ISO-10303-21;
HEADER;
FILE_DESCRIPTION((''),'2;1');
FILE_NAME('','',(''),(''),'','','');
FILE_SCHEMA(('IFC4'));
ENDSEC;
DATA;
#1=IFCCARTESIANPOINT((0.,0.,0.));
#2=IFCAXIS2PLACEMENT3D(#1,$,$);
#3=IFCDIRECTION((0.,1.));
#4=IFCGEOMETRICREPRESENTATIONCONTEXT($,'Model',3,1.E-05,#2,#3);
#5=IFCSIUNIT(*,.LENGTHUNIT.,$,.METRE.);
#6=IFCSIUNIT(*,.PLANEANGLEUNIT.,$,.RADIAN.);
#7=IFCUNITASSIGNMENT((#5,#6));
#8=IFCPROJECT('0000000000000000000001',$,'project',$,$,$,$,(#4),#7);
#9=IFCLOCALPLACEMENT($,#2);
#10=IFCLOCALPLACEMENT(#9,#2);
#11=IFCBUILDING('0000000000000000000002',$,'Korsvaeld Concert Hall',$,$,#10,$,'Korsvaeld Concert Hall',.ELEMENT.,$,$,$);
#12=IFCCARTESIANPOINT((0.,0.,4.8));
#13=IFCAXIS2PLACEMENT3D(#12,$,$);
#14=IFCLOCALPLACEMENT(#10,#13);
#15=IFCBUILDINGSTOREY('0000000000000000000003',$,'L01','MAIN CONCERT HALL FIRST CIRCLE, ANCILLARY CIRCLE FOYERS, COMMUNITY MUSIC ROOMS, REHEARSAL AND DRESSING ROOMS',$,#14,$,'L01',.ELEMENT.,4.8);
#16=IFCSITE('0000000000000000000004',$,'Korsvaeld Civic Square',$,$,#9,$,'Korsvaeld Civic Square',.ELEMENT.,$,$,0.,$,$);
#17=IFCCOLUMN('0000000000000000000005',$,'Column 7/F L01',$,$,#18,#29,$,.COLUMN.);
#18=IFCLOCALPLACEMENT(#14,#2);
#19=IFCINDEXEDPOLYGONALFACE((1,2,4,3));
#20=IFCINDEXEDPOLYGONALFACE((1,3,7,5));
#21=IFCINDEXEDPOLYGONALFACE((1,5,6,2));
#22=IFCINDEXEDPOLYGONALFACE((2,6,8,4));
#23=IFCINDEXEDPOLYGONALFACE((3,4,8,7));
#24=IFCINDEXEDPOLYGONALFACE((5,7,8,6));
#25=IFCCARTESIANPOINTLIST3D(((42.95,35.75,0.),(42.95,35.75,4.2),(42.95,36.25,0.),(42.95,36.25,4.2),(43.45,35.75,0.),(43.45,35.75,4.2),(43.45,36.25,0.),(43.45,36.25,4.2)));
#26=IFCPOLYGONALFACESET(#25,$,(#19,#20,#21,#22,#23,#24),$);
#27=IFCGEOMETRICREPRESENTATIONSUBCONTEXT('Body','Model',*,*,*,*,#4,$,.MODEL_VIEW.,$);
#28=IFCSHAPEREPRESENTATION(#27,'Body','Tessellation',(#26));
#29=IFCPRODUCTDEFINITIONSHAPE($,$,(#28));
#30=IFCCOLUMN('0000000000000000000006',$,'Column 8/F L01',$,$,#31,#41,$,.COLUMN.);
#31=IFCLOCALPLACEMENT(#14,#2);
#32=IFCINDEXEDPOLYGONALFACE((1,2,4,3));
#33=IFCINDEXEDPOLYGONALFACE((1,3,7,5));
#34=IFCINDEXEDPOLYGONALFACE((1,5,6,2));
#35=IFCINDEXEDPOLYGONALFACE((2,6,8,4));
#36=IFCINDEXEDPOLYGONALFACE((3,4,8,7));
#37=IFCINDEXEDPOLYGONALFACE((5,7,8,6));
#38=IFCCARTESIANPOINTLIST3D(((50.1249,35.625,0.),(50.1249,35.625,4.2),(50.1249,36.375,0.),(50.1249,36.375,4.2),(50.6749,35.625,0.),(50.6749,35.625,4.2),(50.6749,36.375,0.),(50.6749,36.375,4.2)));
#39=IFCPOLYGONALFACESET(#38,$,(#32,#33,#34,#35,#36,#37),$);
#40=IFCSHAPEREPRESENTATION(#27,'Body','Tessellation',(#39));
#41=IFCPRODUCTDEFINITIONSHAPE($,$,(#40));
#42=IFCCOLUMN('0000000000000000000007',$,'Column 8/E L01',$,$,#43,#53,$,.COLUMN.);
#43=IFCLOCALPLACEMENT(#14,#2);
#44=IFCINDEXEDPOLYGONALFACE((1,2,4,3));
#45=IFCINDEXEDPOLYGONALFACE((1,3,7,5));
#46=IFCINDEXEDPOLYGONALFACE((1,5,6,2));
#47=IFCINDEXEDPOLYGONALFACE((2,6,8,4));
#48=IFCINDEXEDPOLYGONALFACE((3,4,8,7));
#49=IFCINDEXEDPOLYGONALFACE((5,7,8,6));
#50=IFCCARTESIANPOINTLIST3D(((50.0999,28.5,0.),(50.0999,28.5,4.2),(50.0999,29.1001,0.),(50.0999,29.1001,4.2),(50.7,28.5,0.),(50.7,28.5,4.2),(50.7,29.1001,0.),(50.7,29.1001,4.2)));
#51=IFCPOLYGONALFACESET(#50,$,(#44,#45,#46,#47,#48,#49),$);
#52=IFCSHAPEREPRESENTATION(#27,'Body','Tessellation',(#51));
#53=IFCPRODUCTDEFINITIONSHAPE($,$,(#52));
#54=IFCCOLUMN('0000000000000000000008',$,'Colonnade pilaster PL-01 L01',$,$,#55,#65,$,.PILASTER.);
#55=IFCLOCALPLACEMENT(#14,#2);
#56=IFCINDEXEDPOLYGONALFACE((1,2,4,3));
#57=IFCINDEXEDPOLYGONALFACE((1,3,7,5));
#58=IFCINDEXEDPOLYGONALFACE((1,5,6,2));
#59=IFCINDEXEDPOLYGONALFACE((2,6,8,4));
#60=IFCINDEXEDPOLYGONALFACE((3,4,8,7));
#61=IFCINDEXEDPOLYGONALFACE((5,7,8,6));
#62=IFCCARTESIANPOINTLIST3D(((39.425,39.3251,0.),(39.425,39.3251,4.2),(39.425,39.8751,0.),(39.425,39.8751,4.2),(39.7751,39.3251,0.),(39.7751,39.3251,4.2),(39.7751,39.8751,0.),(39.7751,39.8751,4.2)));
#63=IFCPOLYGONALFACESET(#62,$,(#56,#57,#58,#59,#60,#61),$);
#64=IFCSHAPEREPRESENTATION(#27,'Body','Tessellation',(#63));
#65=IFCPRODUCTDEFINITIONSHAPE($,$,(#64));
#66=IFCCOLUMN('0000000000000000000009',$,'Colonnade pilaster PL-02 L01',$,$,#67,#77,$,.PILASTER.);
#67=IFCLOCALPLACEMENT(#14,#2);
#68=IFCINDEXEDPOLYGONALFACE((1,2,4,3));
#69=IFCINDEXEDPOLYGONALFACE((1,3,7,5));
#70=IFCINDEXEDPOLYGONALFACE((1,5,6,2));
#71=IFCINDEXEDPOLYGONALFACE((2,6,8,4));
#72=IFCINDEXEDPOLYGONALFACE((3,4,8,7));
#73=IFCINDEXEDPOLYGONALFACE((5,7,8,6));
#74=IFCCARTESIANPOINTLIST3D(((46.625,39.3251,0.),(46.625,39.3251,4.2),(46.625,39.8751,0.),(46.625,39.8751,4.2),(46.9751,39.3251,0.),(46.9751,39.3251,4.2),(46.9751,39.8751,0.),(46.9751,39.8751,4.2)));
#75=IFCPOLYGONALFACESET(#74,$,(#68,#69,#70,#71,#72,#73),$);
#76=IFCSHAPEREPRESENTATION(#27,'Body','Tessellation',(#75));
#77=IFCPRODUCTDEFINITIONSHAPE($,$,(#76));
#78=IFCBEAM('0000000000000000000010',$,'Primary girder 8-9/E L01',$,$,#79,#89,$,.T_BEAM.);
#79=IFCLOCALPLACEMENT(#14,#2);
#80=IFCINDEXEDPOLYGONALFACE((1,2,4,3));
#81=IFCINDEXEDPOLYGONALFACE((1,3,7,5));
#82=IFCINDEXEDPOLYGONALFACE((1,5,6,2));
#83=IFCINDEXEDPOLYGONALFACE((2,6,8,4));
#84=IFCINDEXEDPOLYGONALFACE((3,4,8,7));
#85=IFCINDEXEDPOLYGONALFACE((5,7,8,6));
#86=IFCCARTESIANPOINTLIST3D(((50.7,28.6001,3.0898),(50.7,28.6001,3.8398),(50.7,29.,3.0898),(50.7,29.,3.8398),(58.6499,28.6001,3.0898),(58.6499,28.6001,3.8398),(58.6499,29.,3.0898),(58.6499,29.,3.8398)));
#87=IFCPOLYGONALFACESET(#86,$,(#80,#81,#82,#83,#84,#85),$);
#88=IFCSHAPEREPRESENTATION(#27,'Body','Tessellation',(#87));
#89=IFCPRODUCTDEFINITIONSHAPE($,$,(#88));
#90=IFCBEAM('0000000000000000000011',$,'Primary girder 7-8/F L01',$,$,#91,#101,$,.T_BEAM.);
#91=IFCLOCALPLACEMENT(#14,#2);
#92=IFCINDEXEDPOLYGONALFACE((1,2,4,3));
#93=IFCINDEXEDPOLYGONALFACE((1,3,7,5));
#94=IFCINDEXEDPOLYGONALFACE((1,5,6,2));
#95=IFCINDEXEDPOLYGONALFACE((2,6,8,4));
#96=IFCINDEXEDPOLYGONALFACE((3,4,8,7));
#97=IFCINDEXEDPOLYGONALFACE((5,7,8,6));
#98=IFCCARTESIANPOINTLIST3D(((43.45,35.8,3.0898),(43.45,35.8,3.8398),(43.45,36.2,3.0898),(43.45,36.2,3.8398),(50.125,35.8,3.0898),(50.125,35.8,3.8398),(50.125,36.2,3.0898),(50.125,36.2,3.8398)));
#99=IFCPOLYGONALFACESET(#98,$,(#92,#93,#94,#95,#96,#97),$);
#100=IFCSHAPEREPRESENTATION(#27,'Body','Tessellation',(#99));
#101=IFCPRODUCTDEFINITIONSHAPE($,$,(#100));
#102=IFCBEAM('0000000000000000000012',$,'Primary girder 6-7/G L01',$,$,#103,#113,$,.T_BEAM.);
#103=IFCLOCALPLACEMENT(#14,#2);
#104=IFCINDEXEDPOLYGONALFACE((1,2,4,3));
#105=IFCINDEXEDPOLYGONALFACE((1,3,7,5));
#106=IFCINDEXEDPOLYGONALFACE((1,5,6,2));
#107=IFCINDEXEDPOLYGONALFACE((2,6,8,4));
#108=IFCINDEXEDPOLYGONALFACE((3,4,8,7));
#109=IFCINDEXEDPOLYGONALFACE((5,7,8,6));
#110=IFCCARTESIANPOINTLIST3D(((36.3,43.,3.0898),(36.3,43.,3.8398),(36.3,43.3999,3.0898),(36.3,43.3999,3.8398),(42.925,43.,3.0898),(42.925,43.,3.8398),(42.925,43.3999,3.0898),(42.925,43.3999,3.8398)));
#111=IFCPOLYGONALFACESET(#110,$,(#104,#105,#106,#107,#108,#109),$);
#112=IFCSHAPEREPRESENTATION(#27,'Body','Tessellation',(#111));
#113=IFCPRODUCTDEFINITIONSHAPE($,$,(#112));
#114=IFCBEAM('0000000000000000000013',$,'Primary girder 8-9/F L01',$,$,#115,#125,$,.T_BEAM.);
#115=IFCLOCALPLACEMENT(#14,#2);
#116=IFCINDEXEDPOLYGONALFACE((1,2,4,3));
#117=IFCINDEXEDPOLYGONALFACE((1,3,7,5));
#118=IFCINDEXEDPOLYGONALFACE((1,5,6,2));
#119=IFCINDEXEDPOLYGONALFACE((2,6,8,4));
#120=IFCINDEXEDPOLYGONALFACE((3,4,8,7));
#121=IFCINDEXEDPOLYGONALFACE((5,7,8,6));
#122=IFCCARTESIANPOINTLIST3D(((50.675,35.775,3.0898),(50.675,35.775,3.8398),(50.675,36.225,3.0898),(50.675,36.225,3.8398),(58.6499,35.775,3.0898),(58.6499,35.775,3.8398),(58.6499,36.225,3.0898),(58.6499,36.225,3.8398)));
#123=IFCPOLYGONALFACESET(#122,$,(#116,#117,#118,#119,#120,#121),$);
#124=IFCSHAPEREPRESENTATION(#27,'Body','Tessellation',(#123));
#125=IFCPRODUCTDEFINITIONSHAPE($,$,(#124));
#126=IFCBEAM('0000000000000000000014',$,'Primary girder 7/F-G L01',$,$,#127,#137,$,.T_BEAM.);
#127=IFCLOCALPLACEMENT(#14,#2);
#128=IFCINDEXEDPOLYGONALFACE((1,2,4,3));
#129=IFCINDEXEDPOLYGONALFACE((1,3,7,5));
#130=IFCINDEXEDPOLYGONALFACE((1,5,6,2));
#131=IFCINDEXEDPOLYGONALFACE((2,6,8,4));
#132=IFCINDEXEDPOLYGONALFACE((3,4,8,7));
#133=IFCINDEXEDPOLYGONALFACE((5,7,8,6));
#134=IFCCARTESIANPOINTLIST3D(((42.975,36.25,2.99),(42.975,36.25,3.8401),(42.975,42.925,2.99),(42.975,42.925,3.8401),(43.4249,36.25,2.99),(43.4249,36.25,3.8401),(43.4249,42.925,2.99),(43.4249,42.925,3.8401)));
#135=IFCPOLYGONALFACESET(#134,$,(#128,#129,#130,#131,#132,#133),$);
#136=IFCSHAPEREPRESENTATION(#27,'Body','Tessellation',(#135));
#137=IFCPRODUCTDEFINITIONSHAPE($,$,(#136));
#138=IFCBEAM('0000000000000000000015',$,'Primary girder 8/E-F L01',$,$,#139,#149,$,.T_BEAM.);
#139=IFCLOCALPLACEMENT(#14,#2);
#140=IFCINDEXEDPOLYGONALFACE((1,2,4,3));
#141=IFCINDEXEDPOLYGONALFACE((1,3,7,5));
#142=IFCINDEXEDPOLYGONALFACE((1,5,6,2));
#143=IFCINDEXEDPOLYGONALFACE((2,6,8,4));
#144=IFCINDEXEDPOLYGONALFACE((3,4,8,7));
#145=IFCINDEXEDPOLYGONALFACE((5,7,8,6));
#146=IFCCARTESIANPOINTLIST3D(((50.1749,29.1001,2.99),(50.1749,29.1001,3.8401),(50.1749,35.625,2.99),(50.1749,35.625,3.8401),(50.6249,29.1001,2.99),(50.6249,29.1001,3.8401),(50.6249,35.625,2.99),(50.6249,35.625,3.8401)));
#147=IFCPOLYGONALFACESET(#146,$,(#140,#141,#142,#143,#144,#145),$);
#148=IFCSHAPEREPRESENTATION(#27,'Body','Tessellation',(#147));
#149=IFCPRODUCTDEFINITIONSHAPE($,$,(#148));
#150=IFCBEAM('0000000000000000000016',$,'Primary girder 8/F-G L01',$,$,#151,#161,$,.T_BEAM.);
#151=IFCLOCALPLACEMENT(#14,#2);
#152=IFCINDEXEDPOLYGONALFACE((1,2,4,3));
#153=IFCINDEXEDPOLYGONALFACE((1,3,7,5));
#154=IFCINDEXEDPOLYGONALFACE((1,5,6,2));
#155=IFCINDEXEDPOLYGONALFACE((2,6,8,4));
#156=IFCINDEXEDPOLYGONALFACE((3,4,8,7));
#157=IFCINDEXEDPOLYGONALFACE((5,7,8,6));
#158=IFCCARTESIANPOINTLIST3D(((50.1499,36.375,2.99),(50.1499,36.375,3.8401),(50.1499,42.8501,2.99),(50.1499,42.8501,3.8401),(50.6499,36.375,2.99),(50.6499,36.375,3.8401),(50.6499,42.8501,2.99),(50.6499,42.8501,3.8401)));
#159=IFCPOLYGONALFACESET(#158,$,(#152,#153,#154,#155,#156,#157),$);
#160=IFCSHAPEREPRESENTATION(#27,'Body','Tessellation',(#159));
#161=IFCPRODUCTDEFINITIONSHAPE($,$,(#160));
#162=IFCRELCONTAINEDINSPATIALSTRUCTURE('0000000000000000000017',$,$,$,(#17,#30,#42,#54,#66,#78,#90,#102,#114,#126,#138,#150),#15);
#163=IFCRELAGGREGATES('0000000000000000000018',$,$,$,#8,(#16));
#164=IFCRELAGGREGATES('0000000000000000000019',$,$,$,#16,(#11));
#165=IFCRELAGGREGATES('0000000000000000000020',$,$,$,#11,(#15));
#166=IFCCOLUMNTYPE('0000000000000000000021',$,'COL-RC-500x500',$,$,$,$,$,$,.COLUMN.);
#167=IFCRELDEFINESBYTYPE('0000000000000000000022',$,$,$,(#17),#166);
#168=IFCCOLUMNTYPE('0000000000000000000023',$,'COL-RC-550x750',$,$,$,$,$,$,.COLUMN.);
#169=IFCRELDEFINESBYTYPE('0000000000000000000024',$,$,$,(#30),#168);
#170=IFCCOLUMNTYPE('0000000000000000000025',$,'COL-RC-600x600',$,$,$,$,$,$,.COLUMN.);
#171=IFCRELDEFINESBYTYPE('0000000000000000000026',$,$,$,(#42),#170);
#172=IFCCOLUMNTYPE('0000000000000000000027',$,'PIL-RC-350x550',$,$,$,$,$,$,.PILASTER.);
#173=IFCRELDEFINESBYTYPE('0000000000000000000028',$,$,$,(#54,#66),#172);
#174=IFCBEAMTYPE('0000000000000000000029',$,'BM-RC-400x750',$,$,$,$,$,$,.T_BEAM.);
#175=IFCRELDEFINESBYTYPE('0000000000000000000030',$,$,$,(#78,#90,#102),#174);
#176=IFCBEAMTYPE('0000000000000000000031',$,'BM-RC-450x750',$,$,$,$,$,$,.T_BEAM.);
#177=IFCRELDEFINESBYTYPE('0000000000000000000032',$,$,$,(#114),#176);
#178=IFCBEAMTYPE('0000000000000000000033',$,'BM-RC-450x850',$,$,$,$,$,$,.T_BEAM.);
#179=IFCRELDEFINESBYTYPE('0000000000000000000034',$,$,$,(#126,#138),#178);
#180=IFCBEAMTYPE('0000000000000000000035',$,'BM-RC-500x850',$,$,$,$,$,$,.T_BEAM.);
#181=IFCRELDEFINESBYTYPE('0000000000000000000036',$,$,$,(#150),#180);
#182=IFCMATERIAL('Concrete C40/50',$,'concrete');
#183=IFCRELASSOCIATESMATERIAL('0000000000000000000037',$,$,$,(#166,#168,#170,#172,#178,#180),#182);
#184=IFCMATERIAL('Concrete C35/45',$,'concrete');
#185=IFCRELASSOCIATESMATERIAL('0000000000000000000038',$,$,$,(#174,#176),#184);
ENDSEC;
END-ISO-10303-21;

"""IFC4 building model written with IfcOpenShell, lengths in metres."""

from ifc_helpers import new_model, si_unit, direction, frame, origin, origin_2d, place, context, subcontext, project, spatial, rectangle, extrude, material, material_profile, profile_set, type_object, element, save


model = new_model("IFC4")

# Units and contexts
model_context = context("Model", 3, precision=1e-05, world=origin(), true_north=direction((0.0, 1.0)))
body_context = subcontext(model_context, "Body", "Model", "MODEL_VIEW")
ifc_project = project(units=[si_unit("LENGTHUNIT", "METRE"), si_unit("PLANEANGLEUNIT", "RADIAN")], contexts=[model_context])

# Site, building, storey
site_placement = place(None, origin())
site = spatial("IfcSite", under=ifc_project, at=site_placement, Name="Korsvaeld Civic Square", LongName="Korsvaeld Civic Square", CompositionType="ELEMENT", RefElevation=0.0)
building_placement = place(site_placement, origin())
building = spatial("IfcBuilding", under=site, at=building_placement, Name="Korsvaeld Concert Hall", LongName="Korsvaeld Concert Hall", CompositionType="ELEMENT")
storey_placement = place(building_placement, frame((0.0, 0.0, 4.8)))
storey = spatial("IfcBuildingStorey", under=building, at=storey_placement, Name="L01", Description="MAIN CONCERT HALL FIRST CIRCLE, ANCILLARY CIRCLE FOYERS, COMMUNITY MUSIC ROOMS, REHEARSAL AND DRESSING ROOMS", LongName="L01", CompositionType="ELEMENT", Elevation=4.8)

# Columns
ifc_material_1 = material(Name="Concrete C40/50", Category="concrete")
ifc_material_profile_1 = material_profile(ifc_material_1, rectangle(XDim=0.5, YDim=0.5, at=origin_2d()), Name="RC 500x500")
ifc_profile_set_1 = profile_set([ifc_material_profile_1], Name="Concrete C40/50")
column_type_1 = type_object("IfcColumnType", Name="COL-RC-500x500", PredefinedType="COLUMN", material=ifc_profile_set_1)
column_1_placement = place(storey_placement, frame((43.2, 36.0, 0.0), z_axis=(0.0, 0.0, 1.0), x_axis=(1.0, 0.0, 0.0)))
element("IfcColumn", 1, at=column_1_placement, inside=storey, type_object=column_type_1, Name="Column 7/F L01", PredefinedType="COLUMN", context=body_context, shape_type="SweptSolid", body=[
    extrude(rectangle(XDim=0.5, YDim=0.5, at=origin_2d()), origin(), (0.0, 0.0, 1.0), 4.2),
])
ifc_material_profile_2 = material_profile(ifc_material_1, rectangle(XDim=0.55, YDim=0.75, at=origin_2d()), Name="RC 550x750")
ifc_profile_set_2 = profile_set([ifc_material_profile_2], Name="Concrete C40/50")
column_type_2 = type_object("IfcColumnType", Name="COL-RC-550x750", PredefinedType="COLUMN", material=ifc_profile_set_2)
column_2_placement = place(storey_placement, frame((50.3999, 36.0, 0.0), z_axis=(0.0, 0.0, 1.0), x_axis=(1.0, 0.0, 0.0)))
element("IfcColumn", 2, at=column_2_placement, inside=storey, type_object=column_type_2, Name="Column 8/F L01", PredefinedType="COLUMN", context=body_context, shape_type="SweptSolid", body=[
    extrude(rectangle(XDim=0.55, YDim=0.75, at=origin_2d()), origin(), (0.0, 0.0, 1.0), 4.2),
])
ifc_material_profile_3 = material_profile(ifc_material_1, rectangle(XDim=0.6001, YDim=0.6001, at=origin_2d()), Name="RC 600x600")
ifc_profile_set_3 = profile_set([ifc_material_profile_3], Name="Concrete C40/50")
column_type_3 = type_object("IfcColumnType", Name="COL-RC-600x600", PredefinedType="COLUMN", material=ifc_profile_set_3)
column_3_placement = place(storey_placement, frame((50.3999, 28.8, 0.0), z_axis=(0.0, 0.0, 1.0), x_axis=(1.0, 0.0, 0.0)))
element("IfcColumn", 3, at=column_3_placement, inside=storey, type_object=column_type_3, Name="Column 8/E L01", PredefinedType="COLUMN", context=body_context, shape_type="SweptSolid", body=[
    extrude(rectangle(XDim=0.6001, YDim=0.6001, at=origin_2d()), origin(), (0.0, 0.0, 1.0), 4.2),
])
ifc_material_profile_4 = material_profile(ifc_material_1, rectangle(XDim=0.3501, YDim=0.55, at=origin_2d()), Name="RC 350x550")
ifc_profile_set_4 = profile_set([ifc_material_profile_4], Name="Concrete C40/50")
column_type_4 = type_object("IfcColumnType", Name="PIL-RC-350x550", PredefinedType="PILASTER", material=ifc_profile_set_4)
for number, where, z_axis, x_axis, name in (
    (4, (39.6001, 39.6001, 0.0), (0.0, 0.0, 1.0), (1.0, 0.0, 0.0), "Colonnade pilaster PL-01 L01"),
    (5, (46.8, 39.6001, 0.0), (0.0, 0.0, 1.0), (1.0, 0.0, 0.0), "Colonnade pilaster PL-02 L01"),
):
    element("IfcColumn", number, at=place(storey_placement, frame(where, z_axis=z_axis, x_axis=x_axis)), inside=storey, type_object=column_type_4, Name=name, PredefinedType="PILASTER", context=body_context, shape_type="SweptSolid", body=[
        extrude(rectangle(XDim=0.3501, YDim=0.55, at=origin_2d()), origin(), (0.0, 0.0, 1.0), 4.2),
    ])

# Beams
ifc_material_2 = material(Name="Concrete C35/45", Category="concrete")
ifc_material_profile_5 = material_profile(ifc_material_2, rectangle(XDim=0.3999, YDim=0.75, at=origin_2d()), Name="RC 400x750")
ifc_profile_set_5 = profile_set([ifc_material_profile_5], Name="Concrete C35/45")
beam_type_1 = type_object("IfcBeamType", Name="BM-RC-400x750", PredefinedType="T_BEAM", material=ifc_profile_set_5)
beam_1_placement = place(storey_placement, frame((50.7, 28.8, 3.4648), z_axis=(1.0, 0.0, 0.0), x_axis=(0.0, 1.0, 0.0)))
element("IfcBeam", 6, at=beam_1_placement, inside=storey, type_object=beam_type_1, Name="Primary girder 8-9/E L01", PredefinedType="T_BEAM", context=body_context, shape_type="SweptSolid", body=[
    extrude(rectangle(XDim=0.3999, YDim=0.75, at=origin_2d()), origin(), (0.0, 0.0, 1.0), 7.95),
])
beam_2_placement = place(storey_placement, frame((43.45, 36.0, 3.4648), z_axis=(1.0, 0.0, 0.0), x_axis=(0.0, 1.0, 0.0)))
element("IfcBeam", 7, at=beam_2_placement, inside=storey, type_object=beam_type_1, Name="Primary girder 7-8/F L01", PredefinedType="T_BEAM", context=body_context, shape_type="SweptSolid", body=[
    extrude(rectangle(XDim=0.3999, YDim=0.75, at=origin_2d()), origin(), (0.0, 0.0, 1.0), 6.675),
])
beam_3_placement = place(storey_placement, frame((36.3, 43.2, 3.4648), z_axis=(1.0, 0.0, 0.0), x_axis=(0.0, 1.0, 0.0)))
element("IfcBeam", 8, at=beam_3_placement, inside=storey, type_object=beam_type_1, Name="Primary girder 6-7/G L01", PredefinedType="T_BEAM", context=body_context, shape_type="SweptSolid", body=[
    extrude(rectangle(XDim=0.3999, YDim=0.75, at=origin_2d()), origin(), (0.0, 0.0, 1.0), 6.625),
])
ifc_material_profile_6 = material_profile(ifc_material_2, rectangle(XDim=0.45, YDim=0.75, at=origin_2d()), Name="RC 450x750")
ifc_profile_set_6 = profile_set([ifc_material_profile_6], Name="Concrete C35/45")
beam_type_2 = type_object("IfcBeamType", Name="BM-RC-450x750", PredefinedType="T_BEAM", material=ifc_profile_set_6)
beam_4_placement = place(storey_placement, frame((50.675, 36.0, 3.4648), z_axis=(1.0, 0.0, 0.0), x_axis=(0.0, 1.0, 0.0)))
element("IfcBeam", 9, at=beam_4_placement, inside=storey, type_object=beam_type_2, Name="Primary girder 8-9/F L01", PredefinedType="T_BEAM", context=body_context, shape_type="SweptSolid", body=[
    extrude(rectangle(XDim=0.45, YDim=0.75, at=origin_2d()), origin(), (0.0, 0.0, 1.0), 7.9749),
])
ifc_material_profile_7 = material_profile(ifc_material_1, rectangle(XDim=0.45, YDim=0.8501, at=origin_2d()), Name="RC 450x850")
ifc_profile_set_7 = profile_set([ifc_material_profile_7], Name="Concrete C40/50")
beam_type_3 = type_object("IfcBeamType", Name="BM-RC-450x850", PredefinedType="T_BEAM", material=ifc_profile_set_7)
beam_5_placement = place(storey_placement, frame((43.2, 36.25, 3.415), z_axis=(0.0, 1.0, 0.0), x_axis=(-1.0, 0.0, 0.0)))
element("IfcBeam", 10, at=beam_5_placement, inside=storey, type_object=beam_type_3, Name="Primary girder 7/F-G L01", PredefinedType="T_BEAM", context=body_context, shape_type="SweptSolid", body=[
    extrude(rectangle(XDim=0.45, YDim=0.8501, at=origin_2d()), origin(), (0.0, 0.0, 1.0), 6.675),
])
beam_6_placement = place(storey_placement, frame((50.3999, 29.1001, 3.415), z_axis=(0.0, 1.0, 0.0), x_axis=(-1.0, 0.0, 0.0)))
element("IfcBeam", 11, at=beam_6_placement, inside=storey, type_object=beam_type_3, Name="Primary girder 8/E-F L01", PredefinedType="T_BEAM", context=body_context, shape_type="SweptSolid", body=[
    extrude(rectangle(XDim=0.45, YDim=0.8501, at=origin_2d()), origin(), (0.0, 0.0, 1.0), 6.5249),
])
ifc_material_profile_8 = material_profile(ifc_material_1, rectangle(XDim=0.5, YDim=0.8501, at=origin_2d()), Name="RC 500x850")
ifc_profile_set_8 = profile_set([ifc_material_profile_8], Name="Concrete C40/50")
beam_type_4 = type_object("IfcBeamType", Name="BM-RC-500x850", PredefinedType="T_BEAM", material=ifc_profile_set_8)
beam_7_placement = place(storey_placement, frame((50.3999, 36.375, 3.415), z_axis=(0.0, 1.0, 0.0), x_axis=(-1.0, 0.0, 0.0)))
element("IfcBeam", 12, at=beam_7_placement, inside=storey, type_object=beam_type_4, Name="Primary girder 8/F-G L01", PredefinedType="T_BEAM", context=body_context, shape_type="SweptSolid", body=[
    extrude(rectangle(XDim=0.5, YDim=0.8501, at=origin_2d()), origin(), (0.0, 0.0, 1.0), 6.4751),
])

save(model, "model.ifc")
